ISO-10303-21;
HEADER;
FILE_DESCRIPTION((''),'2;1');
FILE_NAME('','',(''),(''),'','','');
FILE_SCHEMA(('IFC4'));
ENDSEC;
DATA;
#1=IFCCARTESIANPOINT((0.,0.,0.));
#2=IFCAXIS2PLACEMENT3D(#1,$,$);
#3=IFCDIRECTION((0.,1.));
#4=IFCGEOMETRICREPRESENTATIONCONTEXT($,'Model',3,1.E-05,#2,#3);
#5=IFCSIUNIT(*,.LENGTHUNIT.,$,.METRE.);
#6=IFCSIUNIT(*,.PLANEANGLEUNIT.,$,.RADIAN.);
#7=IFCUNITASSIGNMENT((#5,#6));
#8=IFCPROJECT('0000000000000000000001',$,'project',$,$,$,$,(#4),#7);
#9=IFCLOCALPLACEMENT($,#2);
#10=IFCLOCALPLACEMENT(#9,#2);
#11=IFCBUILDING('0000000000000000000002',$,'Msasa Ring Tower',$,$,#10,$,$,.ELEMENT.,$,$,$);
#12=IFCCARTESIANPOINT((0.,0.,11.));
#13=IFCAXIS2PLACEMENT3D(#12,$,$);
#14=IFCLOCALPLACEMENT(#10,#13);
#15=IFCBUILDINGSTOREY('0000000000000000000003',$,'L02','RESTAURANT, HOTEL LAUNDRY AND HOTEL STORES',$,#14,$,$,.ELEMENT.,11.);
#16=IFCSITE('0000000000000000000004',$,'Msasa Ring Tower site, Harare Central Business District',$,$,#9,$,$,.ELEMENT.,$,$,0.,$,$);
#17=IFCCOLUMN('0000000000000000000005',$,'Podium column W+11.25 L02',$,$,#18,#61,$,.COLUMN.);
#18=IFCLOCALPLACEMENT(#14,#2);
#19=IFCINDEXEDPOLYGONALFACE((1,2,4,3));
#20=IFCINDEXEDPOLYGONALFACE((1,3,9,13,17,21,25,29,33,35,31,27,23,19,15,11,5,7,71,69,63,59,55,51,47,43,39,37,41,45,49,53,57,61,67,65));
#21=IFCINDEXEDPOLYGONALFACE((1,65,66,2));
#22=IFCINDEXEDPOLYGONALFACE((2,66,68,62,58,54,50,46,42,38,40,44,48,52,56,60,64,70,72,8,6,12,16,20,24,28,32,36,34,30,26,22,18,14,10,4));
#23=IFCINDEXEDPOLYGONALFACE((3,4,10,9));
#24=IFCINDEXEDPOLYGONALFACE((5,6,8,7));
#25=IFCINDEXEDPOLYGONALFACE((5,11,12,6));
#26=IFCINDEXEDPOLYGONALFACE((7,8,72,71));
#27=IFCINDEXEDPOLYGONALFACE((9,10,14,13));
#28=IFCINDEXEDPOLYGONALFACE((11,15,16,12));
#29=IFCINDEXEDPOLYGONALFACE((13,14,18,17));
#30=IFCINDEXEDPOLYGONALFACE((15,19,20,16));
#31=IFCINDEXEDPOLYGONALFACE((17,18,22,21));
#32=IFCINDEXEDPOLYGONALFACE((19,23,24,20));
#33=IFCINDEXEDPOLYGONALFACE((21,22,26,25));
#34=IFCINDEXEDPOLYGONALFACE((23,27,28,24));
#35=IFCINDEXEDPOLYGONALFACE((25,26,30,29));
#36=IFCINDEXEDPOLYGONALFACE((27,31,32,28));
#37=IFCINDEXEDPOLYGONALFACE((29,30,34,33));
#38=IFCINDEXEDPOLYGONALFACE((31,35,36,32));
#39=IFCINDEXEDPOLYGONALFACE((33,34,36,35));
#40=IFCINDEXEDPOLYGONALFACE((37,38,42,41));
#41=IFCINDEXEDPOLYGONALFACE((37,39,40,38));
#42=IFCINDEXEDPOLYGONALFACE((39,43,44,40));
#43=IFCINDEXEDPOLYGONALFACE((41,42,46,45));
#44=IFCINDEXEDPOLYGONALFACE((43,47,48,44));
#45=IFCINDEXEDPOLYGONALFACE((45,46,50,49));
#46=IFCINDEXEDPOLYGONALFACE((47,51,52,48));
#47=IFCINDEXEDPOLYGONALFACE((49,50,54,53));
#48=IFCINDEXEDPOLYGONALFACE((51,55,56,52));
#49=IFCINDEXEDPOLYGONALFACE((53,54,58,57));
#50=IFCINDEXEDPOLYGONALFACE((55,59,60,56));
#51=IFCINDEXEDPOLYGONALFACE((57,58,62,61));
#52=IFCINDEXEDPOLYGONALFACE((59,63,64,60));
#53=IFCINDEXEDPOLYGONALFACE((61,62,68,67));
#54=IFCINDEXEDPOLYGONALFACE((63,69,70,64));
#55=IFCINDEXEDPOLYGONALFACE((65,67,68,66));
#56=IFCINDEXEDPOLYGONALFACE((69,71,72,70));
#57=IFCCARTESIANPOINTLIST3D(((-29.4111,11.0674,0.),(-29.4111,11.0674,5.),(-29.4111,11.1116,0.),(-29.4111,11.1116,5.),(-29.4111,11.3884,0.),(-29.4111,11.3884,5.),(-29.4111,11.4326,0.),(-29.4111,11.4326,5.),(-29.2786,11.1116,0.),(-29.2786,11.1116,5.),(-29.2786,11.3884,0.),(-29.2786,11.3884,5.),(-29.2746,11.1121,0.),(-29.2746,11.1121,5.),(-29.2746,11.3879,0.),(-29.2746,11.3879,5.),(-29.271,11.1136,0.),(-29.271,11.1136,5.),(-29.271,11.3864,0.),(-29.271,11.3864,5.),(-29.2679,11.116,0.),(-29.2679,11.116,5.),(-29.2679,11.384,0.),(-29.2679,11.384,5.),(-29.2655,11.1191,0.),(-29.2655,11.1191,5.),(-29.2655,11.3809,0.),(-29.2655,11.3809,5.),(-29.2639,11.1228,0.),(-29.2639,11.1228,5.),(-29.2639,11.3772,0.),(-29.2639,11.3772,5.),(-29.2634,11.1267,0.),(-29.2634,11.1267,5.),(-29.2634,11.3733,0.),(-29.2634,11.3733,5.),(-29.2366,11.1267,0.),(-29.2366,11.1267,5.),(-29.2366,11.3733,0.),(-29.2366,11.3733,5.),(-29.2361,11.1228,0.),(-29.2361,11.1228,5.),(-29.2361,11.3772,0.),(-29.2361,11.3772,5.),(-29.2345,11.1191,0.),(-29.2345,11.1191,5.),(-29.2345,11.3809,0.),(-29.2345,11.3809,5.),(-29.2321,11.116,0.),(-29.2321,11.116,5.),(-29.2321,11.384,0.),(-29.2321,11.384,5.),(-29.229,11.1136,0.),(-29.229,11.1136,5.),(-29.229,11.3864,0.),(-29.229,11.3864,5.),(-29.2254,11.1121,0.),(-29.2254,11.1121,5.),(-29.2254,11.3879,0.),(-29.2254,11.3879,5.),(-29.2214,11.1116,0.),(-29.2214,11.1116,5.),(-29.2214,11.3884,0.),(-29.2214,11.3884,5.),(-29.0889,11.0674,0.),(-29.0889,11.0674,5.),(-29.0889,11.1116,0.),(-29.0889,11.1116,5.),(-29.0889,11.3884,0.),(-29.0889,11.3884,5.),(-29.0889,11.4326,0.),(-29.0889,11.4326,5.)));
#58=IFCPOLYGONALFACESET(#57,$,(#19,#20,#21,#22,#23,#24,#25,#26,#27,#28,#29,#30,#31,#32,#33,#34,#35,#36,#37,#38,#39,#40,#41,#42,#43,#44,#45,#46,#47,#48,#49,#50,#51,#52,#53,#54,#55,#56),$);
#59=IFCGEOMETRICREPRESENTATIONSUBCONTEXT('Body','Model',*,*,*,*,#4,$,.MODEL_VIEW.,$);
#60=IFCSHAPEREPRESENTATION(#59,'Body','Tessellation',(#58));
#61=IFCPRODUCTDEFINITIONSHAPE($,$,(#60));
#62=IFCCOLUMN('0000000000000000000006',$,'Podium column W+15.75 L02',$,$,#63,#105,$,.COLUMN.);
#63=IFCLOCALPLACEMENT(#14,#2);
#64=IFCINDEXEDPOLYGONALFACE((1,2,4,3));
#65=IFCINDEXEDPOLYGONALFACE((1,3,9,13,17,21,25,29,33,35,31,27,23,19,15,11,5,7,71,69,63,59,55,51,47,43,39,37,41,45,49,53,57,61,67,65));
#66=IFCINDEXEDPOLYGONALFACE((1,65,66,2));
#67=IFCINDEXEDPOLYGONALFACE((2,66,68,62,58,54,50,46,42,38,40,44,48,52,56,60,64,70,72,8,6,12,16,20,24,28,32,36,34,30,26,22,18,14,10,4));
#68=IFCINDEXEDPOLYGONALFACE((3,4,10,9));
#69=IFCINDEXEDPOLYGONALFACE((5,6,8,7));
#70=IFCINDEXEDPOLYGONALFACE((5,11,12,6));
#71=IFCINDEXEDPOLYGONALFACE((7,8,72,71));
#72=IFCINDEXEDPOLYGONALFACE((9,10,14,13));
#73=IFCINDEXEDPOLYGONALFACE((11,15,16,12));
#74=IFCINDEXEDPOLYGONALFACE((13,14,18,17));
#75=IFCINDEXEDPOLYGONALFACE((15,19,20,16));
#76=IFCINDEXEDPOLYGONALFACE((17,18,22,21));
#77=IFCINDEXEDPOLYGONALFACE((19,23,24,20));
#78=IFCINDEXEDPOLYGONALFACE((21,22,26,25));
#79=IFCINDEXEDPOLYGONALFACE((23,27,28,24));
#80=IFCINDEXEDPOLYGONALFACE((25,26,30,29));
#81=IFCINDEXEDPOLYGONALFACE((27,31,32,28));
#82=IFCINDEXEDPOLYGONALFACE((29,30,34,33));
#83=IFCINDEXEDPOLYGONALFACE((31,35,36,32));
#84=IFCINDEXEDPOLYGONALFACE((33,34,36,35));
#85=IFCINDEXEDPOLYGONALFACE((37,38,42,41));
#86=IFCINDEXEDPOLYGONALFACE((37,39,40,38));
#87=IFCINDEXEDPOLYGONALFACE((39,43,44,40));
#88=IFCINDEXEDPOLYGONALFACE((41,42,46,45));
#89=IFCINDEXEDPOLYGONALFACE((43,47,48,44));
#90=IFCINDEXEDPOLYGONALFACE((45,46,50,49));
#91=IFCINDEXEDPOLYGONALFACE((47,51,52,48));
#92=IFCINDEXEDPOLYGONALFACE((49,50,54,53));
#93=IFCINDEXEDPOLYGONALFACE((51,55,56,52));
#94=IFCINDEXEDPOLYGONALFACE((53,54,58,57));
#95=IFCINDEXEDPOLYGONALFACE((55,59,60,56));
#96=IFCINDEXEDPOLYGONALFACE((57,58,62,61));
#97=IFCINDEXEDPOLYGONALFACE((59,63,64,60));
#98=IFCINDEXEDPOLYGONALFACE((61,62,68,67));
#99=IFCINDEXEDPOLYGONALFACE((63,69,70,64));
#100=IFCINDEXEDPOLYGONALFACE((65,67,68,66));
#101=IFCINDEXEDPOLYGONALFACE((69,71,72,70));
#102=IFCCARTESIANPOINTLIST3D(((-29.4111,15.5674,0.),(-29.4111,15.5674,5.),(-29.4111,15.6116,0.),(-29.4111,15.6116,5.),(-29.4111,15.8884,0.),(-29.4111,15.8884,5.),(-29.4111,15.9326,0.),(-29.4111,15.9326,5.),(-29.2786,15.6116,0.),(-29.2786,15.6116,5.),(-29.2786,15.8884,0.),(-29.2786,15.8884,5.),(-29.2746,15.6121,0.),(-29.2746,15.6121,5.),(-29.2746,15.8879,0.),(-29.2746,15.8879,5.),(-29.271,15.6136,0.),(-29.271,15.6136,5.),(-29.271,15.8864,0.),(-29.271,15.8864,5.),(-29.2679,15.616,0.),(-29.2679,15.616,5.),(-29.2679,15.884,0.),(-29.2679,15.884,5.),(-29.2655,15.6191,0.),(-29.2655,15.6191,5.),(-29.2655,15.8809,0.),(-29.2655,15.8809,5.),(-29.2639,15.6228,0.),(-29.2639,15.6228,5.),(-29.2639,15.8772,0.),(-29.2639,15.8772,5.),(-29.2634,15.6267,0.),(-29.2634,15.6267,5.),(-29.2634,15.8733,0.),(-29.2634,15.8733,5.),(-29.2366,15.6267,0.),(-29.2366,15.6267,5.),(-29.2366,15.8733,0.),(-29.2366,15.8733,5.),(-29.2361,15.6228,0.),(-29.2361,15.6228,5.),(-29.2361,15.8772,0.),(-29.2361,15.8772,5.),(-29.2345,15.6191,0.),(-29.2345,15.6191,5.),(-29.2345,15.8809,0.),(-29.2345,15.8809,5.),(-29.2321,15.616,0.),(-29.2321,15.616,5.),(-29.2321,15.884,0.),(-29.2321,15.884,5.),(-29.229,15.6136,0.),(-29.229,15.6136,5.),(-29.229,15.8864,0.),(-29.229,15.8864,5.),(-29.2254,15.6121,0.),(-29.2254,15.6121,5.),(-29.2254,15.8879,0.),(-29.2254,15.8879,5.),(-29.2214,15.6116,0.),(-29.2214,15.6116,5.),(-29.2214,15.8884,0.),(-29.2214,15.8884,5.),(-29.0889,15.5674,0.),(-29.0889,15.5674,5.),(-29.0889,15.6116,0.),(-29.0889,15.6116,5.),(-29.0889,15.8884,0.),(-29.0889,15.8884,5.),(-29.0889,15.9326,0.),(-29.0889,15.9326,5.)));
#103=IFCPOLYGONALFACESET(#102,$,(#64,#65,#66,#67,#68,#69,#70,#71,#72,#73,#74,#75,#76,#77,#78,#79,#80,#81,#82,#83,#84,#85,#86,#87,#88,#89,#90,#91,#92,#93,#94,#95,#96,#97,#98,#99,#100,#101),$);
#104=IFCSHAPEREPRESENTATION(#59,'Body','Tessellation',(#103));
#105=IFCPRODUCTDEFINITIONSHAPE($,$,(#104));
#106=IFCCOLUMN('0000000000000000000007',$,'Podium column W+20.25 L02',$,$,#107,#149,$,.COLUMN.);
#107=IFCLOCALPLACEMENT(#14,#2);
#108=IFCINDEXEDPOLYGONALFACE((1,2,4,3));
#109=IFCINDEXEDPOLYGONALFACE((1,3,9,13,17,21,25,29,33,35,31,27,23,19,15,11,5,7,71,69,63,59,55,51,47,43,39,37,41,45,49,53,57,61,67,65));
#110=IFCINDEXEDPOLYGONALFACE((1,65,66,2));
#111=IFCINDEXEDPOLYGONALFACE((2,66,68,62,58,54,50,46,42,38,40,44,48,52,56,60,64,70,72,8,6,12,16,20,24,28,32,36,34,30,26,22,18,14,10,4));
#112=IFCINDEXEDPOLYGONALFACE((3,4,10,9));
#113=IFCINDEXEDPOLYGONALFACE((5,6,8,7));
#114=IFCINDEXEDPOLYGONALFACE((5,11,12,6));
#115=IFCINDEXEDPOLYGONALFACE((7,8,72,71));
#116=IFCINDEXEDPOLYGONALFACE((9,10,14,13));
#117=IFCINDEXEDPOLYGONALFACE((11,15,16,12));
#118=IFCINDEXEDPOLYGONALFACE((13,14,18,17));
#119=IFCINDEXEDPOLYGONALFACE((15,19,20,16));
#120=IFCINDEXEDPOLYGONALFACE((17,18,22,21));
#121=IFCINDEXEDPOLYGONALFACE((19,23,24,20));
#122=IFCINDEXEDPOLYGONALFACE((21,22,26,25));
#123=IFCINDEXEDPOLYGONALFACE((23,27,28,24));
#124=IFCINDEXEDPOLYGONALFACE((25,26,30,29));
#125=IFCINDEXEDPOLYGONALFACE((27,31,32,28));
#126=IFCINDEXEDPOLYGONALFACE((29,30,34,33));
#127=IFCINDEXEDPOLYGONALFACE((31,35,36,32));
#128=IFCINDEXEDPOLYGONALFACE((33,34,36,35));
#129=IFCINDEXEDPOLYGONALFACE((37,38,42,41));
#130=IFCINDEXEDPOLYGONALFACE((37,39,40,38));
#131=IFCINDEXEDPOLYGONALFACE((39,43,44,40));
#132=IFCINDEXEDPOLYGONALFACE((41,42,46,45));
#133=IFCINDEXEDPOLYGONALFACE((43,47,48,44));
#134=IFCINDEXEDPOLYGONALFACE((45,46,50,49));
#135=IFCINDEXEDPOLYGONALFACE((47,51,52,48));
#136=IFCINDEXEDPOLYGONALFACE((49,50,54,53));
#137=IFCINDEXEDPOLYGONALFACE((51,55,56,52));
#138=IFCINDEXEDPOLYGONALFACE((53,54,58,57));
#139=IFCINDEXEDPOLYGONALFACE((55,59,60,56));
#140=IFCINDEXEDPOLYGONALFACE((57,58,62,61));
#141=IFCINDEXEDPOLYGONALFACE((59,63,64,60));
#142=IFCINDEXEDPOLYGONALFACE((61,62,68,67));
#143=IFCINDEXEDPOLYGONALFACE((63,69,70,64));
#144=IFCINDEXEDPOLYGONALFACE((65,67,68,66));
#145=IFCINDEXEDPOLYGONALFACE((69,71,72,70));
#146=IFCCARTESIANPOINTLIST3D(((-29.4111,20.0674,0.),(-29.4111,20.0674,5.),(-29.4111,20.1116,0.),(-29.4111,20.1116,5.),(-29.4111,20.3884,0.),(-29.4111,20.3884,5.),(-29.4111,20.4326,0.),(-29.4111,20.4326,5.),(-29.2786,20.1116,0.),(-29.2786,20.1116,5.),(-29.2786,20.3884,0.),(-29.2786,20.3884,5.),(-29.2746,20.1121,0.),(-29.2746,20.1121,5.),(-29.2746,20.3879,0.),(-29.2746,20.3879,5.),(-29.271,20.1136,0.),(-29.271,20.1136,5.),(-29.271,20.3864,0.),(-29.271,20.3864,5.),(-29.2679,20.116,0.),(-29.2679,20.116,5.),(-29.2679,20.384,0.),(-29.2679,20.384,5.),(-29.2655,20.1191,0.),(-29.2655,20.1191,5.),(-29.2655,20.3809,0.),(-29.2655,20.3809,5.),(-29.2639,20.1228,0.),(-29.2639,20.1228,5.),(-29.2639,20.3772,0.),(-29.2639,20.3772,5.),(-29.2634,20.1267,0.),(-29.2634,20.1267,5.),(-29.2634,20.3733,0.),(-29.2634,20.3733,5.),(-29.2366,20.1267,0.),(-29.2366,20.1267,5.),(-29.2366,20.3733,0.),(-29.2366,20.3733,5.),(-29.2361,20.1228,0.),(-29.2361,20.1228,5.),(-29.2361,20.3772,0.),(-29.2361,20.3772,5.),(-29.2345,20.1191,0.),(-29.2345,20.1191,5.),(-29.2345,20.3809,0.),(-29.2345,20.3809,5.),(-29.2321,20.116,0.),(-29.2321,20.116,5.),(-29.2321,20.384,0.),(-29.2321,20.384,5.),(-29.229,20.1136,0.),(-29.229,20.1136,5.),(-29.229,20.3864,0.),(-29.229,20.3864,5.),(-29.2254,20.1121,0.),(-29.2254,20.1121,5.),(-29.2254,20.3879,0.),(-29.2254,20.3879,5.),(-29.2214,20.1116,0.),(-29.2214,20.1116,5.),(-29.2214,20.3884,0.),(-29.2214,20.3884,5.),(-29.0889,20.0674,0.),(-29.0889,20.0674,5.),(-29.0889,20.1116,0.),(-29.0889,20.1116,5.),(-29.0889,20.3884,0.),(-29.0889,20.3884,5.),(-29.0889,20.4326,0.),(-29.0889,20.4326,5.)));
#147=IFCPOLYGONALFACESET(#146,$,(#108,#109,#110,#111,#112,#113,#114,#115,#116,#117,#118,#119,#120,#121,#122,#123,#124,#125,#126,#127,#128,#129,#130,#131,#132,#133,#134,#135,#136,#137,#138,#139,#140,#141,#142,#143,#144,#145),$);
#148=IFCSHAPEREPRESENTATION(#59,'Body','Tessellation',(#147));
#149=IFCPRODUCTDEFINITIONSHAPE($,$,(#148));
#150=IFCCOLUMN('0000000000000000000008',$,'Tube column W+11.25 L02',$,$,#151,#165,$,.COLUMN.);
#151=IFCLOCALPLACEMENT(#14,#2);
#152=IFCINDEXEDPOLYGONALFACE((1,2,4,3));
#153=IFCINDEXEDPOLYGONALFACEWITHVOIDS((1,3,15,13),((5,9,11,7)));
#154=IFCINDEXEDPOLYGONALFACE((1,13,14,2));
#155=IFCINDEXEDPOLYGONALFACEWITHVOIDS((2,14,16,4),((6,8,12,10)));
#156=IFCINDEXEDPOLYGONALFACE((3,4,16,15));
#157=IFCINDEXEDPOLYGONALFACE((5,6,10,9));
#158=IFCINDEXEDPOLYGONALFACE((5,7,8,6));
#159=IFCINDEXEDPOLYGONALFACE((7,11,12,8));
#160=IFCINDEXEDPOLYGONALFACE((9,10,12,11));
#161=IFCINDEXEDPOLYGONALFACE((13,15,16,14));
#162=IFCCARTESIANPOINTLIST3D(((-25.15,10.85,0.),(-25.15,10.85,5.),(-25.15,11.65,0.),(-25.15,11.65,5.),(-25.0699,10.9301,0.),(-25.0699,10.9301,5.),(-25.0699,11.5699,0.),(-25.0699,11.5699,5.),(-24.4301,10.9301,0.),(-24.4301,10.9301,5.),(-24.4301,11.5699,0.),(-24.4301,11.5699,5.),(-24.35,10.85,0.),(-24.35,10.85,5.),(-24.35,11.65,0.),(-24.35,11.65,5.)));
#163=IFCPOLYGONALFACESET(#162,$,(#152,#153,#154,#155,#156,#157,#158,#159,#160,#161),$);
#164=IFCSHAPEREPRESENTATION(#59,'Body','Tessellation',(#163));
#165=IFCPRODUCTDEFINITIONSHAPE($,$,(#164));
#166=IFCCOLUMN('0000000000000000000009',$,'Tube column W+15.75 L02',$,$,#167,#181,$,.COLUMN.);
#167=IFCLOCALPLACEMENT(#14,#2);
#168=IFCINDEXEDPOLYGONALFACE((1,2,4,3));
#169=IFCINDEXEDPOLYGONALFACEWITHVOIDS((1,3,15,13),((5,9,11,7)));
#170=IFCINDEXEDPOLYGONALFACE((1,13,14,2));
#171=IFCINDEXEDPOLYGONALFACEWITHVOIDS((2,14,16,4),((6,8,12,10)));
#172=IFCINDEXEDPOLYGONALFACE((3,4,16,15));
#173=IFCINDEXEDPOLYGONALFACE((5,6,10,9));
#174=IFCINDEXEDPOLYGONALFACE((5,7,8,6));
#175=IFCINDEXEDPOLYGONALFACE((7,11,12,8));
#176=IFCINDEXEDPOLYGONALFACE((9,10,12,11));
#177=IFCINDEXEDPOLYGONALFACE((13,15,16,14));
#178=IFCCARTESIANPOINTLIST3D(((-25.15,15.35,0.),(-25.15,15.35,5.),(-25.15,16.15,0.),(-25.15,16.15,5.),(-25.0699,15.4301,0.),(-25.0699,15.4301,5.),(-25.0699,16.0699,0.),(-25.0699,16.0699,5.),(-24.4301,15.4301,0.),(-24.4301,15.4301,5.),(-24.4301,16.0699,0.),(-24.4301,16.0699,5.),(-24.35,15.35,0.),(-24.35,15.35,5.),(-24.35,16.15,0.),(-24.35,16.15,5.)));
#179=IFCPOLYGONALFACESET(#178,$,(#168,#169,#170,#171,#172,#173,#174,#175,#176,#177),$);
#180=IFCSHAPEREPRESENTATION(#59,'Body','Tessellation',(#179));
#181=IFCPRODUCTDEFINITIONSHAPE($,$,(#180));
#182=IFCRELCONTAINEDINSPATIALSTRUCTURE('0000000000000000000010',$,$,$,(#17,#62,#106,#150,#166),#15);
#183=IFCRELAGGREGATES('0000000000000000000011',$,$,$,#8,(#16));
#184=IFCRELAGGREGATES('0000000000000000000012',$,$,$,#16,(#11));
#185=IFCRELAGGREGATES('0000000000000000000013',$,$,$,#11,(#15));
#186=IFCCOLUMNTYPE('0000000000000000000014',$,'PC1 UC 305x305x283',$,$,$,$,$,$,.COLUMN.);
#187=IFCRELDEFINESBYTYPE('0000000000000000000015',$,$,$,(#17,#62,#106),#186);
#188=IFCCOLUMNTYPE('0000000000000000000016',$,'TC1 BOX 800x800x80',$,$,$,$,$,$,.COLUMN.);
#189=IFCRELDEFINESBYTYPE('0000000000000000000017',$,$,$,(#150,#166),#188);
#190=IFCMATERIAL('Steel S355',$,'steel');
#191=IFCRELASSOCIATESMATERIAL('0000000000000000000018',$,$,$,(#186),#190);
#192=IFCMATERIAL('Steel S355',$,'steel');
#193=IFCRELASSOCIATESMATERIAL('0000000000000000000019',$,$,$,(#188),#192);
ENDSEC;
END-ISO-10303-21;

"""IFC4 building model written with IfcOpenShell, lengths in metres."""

from ifc_helpers import new_model, si_unit, direction, frame, origin, origin_2d, place, context, subcontext, project, spatial, hollow_rectangle, i_section, extrude, material, material_profile, profile_set, type_object, element, save


model = new_model("IFC4")

# Units and contexts
model_context = context("Model", 3, precision=1e-05, world=origin(), true_north=direction((0.0, 1.0)))
body_context = subcontext(model_context, "Body", "Model", "MODEL_VIEW")
ifc_project = project(units=[si_unit("LENGTHUNIT", "METRE"), si_unit("PLANEANGLEUNIT", "RADIAN")], contexts=[model_context])

# Site, building, storey
site_placement = place(None, origin())
site = spatial("IfcSite", under=ifc_project, at=site_placement, Name="Msasa Ring Tower site, Harare Central Business District", CompositionType="ELEMENT", RefElevation=0.0)
building_placement = place(site_placement, origin())
building = spatial("IfcBuilding", under=site, at=building_placement, Name="Msasa Ring Tower", CompositionType="ELEMENT")
storey_placement = place(building_placement, frame((0.0, 0.0, 11.0)))
storey = spatial("IfcBuildingStorey", under=building, at=storey_placement, Name="L02", Description="RESTAURANT, HOTEL LAUNDRY AND HOTEL STORES", CompositionType="ELEMENT", Elevation=11.0)

# Columns
ifc_material_1 = material(Name="Steel S355", Category="steel")
ifc_material_profile_1 = material_profile(ifc_material_1, i_section(OverallWidth=0.3223, OverallDepth=0.3652, WebThickness=0.0269, FlangeThickness=0.0442, FilletRadius=0.0151, at=origin_2d()), Name="UC 305x305x283")
ifc_profile_set_1 = profile_set([ifc_material_profile_1], Name="Steel S355")
column_type_1 = type_object("IfcColumnType", Name="PC1 UC 305x305x283", PredefinedType="COLUMN", material=ifc_profile_set_1)
for number, where, z_axis, x_axis, name in (
    (1, (-29.25, 11.25, 0.0), (0.0, 0.0, 1.0), (1.0, 0.0, 0.0), "Podium column W+11.25 L02"),
    (2, (-29.25, 15.75, 0.0), (0.0, 0.0, 1.0), (1.0, 0.0, 0.0), "Podium column W+15.75 L02"),
    (3, (-29.25, 20.25, 0.0), (0.0, 0.0, 1.0), (1.0, 0.0, 0.0), "Podium column W+20.25 L02"),
):
    element("IfcColumn", number, at=place(storey_placement, frame(where, z_axis=z_axis, x_axis=x_axis)), inside=storey, type_object=column_type_1, Name=name, PredefinedType="COLUMN", context=body_context, shape_type="SweptSolid", body=[
        extrude(i_section(OverallWidth=0.3223, OverallDepth=0.3652, WebThickness=0.0269, FlangeThickness=0.0442, FilletRadius=0.0151, at=origin_2d()), origin(), (0.0, 0.0, 1.0), 5.0),
    ])
ifc_material_2 = material(Name="Steel S355", Category="steel")
ifc_material_profile_2 = material_profile(ifc_material_2, hollow_rectangle(XDim=0.8, YDim=0.8, WallThickness=0.0801, at=origin_2d()), Name="BOX 800x800x80")
ifc_profile_set_2 = profile_set([ifc_material_profile_2], Name="Steel S355")
column_type_2 = type_object("IfcColumnType", Name="TC1 BOX 800x800x80", PredefinedType="COLUMN", material=ifc_profile_set_2)
for number, where, z_axis, x_axis, name in (
    (4, (-24.75, 11.25, 0.0), (0.0, 0.0, 1.0), (1.0, 0.0, 0.0), "Tube column W+11.25 L02"),
    (5, (-24.75, 15.75, 0.0), (0.0, 0.0, 1.0), (1.0, 0.0, 0.0), "Tube column W+15.75 L02"),
):
    element("IfcColumn", number, at=place(storey_placement, frame(where, z_axis=z_axis, x_axis=x_axis)), inside=storey, type_object=column_type_2, Name=name, PredefinedType="COLUMN", context=body_context, shape_type="SweptSolid", body=[
        extrude(hollow_rectangle(XDim=0.8, YDim=0.8, WallThickness=0.0801, at=origin_2d()), origin(), (0.0, 0.0, 1.0), 5.0),
    ])

save(model, "model.ifc")
